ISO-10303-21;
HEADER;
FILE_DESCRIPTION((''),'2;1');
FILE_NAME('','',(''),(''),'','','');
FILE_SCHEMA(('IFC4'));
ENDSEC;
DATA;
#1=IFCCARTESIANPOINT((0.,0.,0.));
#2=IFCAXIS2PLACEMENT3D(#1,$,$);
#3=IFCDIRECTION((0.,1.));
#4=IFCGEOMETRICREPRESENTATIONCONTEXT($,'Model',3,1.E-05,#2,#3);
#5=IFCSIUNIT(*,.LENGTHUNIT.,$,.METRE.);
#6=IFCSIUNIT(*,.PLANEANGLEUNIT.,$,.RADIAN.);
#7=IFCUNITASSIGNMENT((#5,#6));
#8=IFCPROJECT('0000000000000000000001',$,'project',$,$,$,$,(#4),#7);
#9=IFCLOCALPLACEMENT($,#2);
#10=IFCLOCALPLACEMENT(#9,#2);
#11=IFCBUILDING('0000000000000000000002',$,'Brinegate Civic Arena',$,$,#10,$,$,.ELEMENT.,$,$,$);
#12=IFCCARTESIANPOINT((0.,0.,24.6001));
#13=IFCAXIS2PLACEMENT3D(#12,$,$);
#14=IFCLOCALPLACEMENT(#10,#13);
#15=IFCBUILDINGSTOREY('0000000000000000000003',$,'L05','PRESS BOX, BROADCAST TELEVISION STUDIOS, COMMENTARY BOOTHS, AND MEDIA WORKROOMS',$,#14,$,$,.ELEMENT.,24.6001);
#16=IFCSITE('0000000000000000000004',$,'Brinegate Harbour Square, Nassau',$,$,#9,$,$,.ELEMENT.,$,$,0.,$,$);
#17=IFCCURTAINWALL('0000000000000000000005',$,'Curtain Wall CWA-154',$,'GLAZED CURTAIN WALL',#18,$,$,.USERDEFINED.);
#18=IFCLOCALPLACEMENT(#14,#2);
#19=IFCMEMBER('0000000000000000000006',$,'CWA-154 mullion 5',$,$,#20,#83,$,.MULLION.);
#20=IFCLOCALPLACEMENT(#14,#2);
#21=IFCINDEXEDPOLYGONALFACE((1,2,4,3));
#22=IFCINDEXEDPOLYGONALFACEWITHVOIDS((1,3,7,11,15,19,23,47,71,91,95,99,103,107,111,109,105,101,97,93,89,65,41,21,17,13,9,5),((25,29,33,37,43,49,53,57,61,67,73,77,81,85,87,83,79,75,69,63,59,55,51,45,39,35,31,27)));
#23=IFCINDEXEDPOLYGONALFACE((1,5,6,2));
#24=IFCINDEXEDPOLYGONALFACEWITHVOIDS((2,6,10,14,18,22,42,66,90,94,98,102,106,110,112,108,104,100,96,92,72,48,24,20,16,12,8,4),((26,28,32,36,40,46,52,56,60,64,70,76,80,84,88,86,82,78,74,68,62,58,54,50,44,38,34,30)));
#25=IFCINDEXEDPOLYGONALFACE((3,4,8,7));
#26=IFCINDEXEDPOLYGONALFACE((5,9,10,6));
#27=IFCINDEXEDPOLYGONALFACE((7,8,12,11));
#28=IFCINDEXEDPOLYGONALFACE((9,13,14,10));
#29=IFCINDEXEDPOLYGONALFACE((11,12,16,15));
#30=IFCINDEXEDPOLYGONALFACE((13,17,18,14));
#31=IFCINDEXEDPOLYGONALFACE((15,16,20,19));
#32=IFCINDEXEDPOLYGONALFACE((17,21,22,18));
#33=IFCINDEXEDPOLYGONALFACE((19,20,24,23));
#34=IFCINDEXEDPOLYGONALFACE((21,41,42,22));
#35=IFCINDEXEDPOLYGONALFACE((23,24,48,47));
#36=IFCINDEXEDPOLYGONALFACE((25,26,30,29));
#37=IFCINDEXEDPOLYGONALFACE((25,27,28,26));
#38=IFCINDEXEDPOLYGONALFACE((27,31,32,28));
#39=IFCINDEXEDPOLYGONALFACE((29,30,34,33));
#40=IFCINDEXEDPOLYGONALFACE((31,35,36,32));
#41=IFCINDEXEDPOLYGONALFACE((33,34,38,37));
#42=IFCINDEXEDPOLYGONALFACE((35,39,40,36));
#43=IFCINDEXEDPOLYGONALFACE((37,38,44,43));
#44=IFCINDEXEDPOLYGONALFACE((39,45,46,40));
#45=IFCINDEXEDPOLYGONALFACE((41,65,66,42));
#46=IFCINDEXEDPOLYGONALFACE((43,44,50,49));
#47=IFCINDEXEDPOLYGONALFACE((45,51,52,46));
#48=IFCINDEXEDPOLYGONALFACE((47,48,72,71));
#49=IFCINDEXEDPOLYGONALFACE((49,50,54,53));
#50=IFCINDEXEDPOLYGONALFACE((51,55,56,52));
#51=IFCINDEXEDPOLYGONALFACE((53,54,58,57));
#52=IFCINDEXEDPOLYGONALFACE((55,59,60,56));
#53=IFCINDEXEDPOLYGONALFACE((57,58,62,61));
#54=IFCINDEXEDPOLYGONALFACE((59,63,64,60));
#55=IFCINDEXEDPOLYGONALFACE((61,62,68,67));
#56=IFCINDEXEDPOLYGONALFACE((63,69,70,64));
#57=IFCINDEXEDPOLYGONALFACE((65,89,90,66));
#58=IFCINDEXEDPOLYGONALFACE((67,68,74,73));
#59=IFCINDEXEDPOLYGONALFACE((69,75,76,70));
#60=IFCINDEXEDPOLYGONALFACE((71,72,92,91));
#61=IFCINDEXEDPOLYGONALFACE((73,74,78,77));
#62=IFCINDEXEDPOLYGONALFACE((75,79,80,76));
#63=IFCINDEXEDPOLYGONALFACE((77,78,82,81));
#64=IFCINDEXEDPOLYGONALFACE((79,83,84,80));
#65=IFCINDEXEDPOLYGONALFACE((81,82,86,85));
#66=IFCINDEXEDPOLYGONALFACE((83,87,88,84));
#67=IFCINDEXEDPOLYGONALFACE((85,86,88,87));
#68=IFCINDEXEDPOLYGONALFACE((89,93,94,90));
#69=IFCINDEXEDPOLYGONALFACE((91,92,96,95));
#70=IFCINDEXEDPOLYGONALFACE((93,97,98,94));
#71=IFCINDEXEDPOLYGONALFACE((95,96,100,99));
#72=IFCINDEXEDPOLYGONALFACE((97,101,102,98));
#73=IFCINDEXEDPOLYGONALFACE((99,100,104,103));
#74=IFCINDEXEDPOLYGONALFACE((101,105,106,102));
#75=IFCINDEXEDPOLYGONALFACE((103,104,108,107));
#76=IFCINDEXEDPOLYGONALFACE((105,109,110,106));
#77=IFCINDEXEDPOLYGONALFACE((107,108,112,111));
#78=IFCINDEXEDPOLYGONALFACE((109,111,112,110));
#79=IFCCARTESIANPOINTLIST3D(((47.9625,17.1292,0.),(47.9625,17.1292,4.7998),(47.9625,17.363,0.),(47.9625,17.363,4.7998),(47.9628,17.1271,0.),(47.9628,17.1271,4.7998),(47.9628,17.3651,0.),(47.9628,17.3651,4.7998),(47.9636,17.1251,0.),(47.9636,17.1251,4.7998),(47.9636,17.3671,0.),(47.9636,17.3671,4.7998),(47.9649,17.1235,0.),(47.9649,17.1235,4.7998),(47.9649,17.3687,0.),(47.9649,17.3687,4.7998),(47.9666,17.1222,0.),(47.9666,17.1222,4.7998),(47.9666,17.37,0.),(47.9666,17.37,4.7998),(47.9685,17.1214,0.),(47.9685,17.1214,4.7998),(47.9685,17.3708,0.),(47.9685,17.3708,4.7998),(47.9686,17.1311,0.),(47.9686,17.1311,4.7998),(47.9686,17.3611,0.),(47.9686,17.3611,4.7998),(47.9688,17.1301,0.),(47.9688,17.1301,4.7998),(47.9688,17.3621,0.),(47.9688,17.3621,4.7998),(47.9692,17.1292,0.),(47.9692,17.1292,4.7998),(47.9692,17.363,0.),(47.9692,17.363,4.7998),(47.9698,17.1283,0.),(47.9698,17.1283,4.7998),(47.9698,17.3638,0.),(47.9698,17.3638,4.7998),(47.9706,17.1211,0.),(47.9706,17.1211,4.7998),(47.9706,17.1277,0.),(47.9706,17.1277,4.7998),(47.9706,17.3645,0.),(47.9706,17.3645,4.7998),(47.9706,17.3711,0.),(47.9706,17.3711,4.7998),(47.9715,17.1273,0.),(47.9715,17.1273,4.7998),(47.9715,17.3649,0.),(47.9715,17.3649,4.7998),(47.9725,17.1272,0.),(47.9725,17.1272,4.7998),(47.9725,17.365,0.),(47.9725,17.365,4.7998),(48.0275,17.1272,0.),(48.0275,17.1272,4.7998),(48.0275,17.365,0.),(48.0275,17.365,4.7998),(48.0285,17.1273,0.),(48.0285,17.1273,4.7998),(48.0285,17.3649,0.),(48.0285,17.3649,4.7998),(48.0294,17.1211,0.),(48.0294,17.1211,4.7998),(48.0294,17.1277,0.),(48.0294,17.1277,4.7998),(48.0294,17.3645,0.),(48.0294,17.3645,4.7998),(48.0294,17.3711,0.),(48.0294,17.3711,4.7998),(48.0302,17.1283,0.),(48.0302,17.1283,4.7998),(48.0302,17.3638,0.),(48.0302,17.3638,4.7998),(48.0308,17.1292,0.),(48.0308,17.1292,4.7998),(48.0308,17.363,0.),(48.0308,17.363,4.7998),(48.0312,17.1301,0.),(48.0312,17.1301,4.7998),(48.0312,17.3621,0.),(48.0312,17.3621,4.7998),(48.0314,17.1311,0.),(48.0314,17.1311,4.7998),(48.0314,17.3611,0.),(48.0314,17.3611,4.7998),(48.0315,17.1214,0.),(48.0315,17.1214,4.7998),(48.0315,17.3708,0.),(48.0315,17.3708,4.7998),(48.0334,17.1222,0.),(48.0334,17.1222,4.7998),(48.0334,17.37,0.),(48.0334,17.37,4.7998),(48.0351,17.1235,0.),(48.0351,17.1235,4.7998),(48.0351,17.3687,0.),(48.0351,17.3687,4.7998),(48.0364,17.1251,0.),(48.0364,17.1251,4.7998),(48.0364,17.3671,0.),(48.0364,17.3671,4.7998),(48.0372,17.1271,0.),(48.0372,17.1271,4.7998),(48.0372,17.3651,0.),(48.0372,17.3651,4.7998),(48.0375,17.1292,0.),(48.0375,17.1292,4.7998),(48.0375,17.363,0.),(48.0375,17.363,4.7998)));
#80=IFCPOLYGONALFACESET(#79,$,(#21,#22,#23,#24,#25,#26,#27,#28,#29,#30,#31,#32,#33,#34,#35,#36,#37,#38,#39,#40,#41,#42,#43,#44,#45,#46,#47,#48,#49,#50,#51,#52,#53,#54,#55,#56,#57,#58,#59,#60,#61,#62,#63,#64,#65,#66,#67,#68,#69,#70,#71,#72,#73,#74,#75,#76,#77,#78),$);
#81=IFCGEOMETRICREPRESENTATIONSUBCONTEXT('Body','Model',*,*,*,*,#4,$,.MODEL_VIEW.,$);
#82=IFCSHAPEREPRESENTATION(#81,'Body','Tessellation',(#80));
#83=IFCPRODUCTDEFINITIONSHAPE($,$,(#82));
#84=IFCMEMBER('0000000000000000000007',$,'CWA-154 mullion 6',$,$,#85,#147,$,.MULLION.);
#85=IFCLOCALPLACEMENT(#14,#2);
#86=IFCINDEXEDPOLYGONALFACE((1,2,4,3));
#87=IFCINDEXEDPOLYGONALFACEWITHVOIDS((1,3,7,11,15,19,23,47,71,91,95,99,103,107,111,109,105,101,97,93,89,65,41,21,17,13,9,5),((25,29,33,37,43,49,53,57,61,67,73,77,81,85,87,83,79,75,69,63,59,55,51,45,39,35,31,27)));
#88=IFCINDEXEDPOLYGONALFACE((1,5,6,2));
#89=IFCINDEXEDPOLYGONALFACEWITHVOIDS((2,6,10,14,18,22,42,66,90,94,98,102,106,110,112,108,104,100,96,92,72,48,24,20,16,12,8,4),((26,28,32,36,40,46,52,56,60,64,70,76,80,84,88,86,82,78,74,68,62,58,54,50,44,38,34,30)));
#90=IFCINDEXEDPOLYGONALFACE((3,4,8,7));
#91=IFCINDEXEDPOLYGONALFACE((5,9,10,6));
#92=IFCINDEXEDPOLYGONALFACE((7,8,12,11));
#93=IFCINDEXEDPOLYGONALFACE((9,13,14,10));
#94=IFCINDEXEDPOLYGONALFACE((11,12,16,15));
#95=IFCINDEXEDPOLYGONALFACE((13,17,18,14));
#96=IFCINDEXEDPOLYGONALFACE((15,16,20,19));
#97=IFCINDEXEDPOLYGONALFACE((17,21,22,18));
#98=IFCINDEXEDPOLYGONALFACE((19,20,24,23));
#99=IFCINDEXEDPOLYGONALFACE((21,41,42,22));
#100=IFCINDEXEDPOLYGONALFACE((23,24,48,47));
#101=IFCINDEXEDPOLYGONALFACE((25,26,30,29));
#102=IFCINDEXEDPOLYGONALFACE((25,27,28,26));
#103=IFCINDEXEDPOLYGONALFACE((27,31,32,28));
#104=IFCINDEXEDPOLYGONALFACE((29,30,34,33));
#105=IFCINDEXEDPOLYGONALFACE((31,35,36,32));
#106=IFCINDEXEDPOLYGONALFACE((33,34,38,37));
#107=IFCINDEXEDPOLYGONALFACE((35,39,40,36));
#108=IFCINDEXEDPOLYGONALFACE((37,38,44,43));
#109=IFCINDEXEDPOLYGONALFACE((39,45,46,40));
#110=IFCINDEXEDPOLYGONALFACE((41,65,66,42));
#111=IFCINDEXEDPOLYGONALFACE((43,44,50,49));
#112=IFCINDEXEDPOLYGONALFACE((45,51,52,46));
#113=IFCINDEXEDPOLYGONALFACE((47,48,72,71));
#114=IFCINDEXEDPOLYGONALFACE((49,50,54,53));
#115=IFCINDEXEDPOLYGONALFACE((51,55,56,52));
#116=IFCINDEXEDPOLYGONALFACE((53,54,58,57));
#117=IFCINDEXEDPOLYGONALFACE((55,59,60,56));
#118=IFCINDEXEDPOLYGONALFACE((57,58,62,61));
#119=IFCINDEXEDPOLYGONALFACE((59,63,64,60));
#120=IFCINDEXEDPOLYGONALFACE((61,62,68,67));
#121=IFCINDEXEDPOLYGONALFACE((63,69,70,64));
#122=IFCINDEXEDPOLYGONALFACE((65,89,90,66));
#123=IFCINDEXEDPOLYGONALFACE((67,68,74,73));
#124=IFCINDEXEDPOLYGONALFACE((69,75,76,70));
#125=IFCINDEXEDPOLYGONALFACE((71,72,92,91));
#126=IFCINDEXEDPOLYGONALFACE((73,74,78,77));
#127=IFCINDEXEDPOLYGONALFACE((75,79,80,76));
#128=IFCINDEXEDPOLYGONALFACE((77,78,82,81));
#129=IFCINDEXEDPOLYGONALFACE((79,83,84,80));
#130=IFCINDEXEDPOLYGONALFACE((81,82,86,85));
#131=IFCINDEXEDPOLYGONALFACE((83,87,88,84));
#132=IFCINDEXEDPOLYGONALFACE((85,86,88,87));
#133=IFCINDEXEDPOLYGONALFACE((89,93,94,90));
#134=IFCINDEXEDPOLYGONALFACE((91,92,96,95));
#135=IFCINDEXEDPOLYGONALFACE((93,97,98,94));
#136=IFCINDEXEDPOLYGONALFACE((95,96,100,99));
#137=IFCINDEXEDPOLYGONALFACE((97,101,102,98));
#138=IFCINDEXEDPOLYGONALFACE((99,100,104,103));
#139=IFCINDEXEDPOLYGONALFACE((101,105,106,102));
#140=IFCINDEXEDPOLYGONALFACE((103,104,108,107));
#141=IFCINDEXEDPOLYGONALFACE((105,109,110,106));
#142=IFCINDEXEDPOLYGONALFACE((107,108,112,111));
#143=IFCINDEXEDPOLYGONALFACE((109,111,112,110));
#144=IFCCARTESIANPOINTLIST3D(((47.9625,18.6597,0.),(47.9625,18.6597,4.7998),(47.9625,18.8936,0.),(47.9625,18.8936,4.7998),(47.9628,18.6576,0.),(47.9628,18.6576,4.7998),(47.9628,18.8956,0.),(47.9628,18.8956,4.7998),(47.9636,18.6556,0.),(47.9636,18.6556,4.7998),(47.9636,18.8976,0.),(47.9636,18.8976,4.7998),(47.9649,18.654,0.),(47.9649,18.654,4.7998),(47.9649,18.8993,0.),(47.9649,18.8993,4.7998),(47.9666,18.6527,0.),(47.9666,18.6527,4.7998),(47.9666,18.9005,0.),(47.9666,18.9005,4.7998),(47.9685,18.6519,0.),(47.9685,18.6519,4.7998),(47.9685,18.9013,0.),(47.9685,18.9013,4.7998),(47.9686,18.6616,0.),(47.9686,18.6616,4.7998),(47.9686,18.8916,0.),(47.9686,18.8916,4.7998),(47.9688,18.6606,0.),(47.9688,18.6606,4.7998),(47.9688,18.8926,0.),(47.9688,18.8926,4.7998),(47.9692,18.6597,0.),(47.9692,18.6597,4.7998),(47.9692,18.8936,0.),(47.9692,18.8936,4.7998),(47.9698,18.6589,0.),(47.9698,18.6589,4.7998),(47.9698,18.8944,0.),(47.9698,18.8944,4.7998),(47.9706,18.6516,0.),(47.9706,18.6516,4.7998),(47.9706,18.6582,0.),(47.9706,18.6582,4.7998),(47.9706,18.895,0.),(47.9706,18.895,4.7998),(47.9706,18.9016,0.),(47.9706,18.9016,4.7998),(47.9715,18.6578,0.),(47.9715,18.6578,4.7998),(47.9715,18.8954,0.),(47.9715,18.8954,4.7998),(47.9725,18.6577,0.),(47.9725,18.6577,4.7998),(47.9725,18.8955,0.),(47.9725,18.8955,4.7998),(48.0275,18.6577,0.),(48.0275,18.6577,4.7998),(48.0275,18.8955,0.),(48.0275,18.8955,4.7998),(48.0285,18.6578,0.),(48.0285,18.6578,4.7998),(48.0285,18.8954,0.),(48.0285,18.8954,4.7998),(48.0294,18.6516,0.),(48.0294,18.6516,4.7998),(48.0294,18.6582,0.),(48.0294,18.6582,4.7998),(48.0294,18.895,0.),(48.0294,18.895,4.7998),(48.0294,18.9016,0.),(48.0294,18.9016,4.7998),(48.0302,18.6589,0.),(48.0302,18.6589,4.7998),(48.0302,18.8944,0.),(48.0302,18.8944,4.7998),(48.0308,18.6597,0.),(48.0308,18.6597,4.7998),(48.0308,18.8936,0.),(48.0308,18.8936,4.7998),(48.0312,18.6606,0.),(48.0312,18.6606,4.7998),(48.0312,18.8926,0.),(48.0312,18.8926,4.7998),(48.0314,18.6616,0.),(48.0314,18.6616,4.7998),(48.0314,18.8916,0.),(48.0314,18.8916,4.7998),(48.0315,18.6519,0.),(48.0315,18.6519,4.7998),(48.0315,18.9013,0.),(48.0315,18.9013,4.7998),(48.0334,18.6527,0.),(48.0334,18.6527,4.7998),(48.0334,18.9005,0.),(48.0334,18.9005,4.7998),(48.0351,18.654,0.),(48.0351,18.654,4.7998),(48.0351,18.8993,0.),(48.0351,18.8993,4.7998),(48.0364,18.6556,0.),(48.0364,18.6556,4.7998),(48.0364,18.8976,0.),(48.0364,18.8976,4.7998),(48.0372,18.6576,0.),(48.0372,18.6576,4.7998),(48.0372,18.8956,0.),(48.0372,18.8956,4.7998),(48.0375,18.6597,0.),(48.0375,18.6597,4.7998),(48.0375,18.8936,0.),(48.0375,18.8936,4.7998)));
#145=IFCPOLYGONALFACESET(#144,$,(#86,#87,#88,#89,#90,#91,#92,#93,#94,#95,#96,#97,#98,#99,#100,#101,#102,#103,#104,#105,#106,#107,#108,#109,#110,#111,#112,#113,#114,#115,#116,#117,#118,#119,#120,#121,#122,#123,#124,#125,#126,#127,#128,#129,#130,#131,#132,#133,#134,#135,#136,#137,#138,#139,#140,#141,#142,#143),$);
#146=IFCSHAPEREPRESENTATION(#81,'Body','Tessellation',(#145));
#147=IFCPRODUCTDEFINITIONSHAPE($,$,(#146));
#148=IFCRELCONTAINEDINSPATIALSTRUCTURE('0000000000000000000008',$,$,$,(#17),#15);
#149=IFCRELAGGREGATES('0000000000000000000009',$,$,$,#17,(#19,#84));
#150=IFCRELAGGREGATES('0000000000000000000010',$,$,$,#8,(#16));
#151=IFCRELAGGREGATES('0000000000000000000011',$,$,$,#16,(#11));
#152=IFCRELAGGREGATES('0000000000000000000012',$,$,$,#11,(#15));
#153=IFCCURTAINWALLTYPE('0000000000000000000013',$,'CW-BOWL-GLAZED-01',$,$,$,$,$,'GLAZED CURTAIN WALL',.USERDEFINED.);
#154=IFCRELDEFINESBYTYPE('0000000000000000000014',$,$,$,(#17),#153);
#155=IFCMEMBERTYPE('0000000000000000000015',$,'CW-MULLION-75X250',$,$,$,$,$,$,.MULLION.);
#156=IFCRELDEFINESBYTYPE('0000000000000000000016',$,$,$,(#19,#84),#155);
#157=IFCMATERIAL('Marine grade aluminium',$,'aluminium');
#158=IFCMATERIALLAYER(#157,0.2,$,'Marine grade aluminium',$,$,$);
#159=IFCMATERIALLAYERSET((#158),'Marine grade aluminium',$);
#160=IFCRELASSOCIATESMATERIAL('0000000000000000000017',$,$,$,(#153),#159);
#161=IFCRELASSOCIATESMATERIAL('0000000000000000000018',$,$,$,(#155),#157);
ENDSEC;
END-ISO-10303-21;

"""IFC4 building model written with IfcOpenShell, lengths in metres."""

from ifc_helpers import new_model, si_unit, direction, frame, origin, origin_2d, place, context, subcontext, project, spatial, hollow_rectangle, extrude, material, layer, layer_set, material_profile, profile_set, type_object, element, aggregate, save


model = new_model("IFC4")

# Units and contexts
model_context = context("Model", 3, precision=1e-05, world=origin(), true_north=direction((0.0, 1.0)))
body_context = subcontext(model_context, "Body", "Model", "MODEL_VIEW")
ifc_project = project(units=[si_unit("LENGTHUNIT", "METRE"), si_unit("PLANEANGLEUNIT", "RADIAN")], contexts=[model_context])

# Site, building, storey
site_placement = place(None, origin())
site = spatial("IfcSite", under=ifc_project, at=site_placement, Name="Brinegate Harbour Square, Nassau", CompositionType="ELEMENT", RefElevation=0.0)
building_placement = place(site_placement, origin())
building = spatial("IfcBuilding", under=site, at=building_placement, Name="Brinegate Civic Arena", CompositionType="ELEMENT")
storey_placement = place(building_placement, frame((0.0, 0.0, 24.6001)))
storey = spatial("IfcBuildingStorey", under=building, at=storey_placement, Name="L05", Description="PRESS BOX, BROADCAST TELEVISION STUDIOS, COMMENTARY BOOTHS, AND MEDIA WORKROOMS", CompositionType="ELEMENT", Elevation=24.6001)

# Curtain wall, members
ifc_material_1 = material(Name="Marine grade aluminium", Category="aluminium")
ifc_layer_1 = layer(ifc_material_1, 0.2, Name="Marine grade aluminium")
ifc_layer_set_1 = layer_set([ifc_layer_1], Name="Marine grade aluminium")
curtain_wall_type = type_object("IfcCurtainWallType", Name="CW-BOWL-GLAZED-01", ElementType="GLAZED CURTAIN WALL", PredefinedType="USERDEFINED", material=ifc_layer_set_1)
curtain_wall_1_placement = place(storey_placement, origin())
curtain_wall_1 = element("IfcCurtainWall", 1, at=curtain_wall_1_placement, inside=storey, type_object=curtain_wall_type, Name="Curtain Wall CWA-154", ObjectType="GLAZED CURTAIN WALL", PredefinedType="USERDEFINED")
ifc_material_profile_1 = material_profile(ifc_material_1, hollow_rectangle(XDim=0.075, YDim=0.25, WallThickness=0.0061, InnerFilletRadius=0.0039, OuterFilletRadius=0.0081, at=origin_2d()), Name="MUL75X250")
ifc_profile_set_1 = profile_set([ifc_material_profile_1], Name="Marine grade aluminium")
member_type_1 = type_object("IfcMemberType", Name="CW-MULLION-75X250", PredefinedType="MULLION", material=ifc_profile_set_1)
member_1_placement = place(storey_placement, frame((48.0, 17.2461, 0.0), z_axis=(0.0, 0.0, 1.0), x_axis=(-1.0, 0.0, 0.0)))
member_1 = element("IfcMember", 2, at=member_1_placement, type_object=member_type_1, Name="CWA-154 mullion 5", PredefinedType="MULLION", context=body_context, shape_type="SweptSolid", body=[
    extrude(hollow_rectangle(XDim=0.075, YDim=0.25, WallThickness=0.0061, InnerFilletRadius=0.0039, OuterFilletRadius=0.0081, at=origin_2d()), origin(), (0.0, 0.0, 1.0), 4.7998),
])
member_2_placement = place(storey_placement, frame((48.0, 18.7766, 0.0), z_axis=(0.0, 0.0, 1.0), x_axis=(-1.0, 0.0, 0.0)))
member_2 = element("IfcMember", 3, at=member_2_placement, type_object=member_type_1, Name="CWA-154 mullion 6", PredefinedType="MULLION", context=body_context, shape_type="SweptSolid", body=[
    extrude(hollow_rectangle(XDim=0.075, YDim=0.25, WallThickness=0.0061, InnerFilletRadius=0.0039, OuterFilletRadius=0.0081, at=origin_2d()), origin(), (0.0, 0.0, 1.0), 4.7998),
])

aggregate(curtain_wall_1, [member_1, member_2])

save(model, "model.ifc")
